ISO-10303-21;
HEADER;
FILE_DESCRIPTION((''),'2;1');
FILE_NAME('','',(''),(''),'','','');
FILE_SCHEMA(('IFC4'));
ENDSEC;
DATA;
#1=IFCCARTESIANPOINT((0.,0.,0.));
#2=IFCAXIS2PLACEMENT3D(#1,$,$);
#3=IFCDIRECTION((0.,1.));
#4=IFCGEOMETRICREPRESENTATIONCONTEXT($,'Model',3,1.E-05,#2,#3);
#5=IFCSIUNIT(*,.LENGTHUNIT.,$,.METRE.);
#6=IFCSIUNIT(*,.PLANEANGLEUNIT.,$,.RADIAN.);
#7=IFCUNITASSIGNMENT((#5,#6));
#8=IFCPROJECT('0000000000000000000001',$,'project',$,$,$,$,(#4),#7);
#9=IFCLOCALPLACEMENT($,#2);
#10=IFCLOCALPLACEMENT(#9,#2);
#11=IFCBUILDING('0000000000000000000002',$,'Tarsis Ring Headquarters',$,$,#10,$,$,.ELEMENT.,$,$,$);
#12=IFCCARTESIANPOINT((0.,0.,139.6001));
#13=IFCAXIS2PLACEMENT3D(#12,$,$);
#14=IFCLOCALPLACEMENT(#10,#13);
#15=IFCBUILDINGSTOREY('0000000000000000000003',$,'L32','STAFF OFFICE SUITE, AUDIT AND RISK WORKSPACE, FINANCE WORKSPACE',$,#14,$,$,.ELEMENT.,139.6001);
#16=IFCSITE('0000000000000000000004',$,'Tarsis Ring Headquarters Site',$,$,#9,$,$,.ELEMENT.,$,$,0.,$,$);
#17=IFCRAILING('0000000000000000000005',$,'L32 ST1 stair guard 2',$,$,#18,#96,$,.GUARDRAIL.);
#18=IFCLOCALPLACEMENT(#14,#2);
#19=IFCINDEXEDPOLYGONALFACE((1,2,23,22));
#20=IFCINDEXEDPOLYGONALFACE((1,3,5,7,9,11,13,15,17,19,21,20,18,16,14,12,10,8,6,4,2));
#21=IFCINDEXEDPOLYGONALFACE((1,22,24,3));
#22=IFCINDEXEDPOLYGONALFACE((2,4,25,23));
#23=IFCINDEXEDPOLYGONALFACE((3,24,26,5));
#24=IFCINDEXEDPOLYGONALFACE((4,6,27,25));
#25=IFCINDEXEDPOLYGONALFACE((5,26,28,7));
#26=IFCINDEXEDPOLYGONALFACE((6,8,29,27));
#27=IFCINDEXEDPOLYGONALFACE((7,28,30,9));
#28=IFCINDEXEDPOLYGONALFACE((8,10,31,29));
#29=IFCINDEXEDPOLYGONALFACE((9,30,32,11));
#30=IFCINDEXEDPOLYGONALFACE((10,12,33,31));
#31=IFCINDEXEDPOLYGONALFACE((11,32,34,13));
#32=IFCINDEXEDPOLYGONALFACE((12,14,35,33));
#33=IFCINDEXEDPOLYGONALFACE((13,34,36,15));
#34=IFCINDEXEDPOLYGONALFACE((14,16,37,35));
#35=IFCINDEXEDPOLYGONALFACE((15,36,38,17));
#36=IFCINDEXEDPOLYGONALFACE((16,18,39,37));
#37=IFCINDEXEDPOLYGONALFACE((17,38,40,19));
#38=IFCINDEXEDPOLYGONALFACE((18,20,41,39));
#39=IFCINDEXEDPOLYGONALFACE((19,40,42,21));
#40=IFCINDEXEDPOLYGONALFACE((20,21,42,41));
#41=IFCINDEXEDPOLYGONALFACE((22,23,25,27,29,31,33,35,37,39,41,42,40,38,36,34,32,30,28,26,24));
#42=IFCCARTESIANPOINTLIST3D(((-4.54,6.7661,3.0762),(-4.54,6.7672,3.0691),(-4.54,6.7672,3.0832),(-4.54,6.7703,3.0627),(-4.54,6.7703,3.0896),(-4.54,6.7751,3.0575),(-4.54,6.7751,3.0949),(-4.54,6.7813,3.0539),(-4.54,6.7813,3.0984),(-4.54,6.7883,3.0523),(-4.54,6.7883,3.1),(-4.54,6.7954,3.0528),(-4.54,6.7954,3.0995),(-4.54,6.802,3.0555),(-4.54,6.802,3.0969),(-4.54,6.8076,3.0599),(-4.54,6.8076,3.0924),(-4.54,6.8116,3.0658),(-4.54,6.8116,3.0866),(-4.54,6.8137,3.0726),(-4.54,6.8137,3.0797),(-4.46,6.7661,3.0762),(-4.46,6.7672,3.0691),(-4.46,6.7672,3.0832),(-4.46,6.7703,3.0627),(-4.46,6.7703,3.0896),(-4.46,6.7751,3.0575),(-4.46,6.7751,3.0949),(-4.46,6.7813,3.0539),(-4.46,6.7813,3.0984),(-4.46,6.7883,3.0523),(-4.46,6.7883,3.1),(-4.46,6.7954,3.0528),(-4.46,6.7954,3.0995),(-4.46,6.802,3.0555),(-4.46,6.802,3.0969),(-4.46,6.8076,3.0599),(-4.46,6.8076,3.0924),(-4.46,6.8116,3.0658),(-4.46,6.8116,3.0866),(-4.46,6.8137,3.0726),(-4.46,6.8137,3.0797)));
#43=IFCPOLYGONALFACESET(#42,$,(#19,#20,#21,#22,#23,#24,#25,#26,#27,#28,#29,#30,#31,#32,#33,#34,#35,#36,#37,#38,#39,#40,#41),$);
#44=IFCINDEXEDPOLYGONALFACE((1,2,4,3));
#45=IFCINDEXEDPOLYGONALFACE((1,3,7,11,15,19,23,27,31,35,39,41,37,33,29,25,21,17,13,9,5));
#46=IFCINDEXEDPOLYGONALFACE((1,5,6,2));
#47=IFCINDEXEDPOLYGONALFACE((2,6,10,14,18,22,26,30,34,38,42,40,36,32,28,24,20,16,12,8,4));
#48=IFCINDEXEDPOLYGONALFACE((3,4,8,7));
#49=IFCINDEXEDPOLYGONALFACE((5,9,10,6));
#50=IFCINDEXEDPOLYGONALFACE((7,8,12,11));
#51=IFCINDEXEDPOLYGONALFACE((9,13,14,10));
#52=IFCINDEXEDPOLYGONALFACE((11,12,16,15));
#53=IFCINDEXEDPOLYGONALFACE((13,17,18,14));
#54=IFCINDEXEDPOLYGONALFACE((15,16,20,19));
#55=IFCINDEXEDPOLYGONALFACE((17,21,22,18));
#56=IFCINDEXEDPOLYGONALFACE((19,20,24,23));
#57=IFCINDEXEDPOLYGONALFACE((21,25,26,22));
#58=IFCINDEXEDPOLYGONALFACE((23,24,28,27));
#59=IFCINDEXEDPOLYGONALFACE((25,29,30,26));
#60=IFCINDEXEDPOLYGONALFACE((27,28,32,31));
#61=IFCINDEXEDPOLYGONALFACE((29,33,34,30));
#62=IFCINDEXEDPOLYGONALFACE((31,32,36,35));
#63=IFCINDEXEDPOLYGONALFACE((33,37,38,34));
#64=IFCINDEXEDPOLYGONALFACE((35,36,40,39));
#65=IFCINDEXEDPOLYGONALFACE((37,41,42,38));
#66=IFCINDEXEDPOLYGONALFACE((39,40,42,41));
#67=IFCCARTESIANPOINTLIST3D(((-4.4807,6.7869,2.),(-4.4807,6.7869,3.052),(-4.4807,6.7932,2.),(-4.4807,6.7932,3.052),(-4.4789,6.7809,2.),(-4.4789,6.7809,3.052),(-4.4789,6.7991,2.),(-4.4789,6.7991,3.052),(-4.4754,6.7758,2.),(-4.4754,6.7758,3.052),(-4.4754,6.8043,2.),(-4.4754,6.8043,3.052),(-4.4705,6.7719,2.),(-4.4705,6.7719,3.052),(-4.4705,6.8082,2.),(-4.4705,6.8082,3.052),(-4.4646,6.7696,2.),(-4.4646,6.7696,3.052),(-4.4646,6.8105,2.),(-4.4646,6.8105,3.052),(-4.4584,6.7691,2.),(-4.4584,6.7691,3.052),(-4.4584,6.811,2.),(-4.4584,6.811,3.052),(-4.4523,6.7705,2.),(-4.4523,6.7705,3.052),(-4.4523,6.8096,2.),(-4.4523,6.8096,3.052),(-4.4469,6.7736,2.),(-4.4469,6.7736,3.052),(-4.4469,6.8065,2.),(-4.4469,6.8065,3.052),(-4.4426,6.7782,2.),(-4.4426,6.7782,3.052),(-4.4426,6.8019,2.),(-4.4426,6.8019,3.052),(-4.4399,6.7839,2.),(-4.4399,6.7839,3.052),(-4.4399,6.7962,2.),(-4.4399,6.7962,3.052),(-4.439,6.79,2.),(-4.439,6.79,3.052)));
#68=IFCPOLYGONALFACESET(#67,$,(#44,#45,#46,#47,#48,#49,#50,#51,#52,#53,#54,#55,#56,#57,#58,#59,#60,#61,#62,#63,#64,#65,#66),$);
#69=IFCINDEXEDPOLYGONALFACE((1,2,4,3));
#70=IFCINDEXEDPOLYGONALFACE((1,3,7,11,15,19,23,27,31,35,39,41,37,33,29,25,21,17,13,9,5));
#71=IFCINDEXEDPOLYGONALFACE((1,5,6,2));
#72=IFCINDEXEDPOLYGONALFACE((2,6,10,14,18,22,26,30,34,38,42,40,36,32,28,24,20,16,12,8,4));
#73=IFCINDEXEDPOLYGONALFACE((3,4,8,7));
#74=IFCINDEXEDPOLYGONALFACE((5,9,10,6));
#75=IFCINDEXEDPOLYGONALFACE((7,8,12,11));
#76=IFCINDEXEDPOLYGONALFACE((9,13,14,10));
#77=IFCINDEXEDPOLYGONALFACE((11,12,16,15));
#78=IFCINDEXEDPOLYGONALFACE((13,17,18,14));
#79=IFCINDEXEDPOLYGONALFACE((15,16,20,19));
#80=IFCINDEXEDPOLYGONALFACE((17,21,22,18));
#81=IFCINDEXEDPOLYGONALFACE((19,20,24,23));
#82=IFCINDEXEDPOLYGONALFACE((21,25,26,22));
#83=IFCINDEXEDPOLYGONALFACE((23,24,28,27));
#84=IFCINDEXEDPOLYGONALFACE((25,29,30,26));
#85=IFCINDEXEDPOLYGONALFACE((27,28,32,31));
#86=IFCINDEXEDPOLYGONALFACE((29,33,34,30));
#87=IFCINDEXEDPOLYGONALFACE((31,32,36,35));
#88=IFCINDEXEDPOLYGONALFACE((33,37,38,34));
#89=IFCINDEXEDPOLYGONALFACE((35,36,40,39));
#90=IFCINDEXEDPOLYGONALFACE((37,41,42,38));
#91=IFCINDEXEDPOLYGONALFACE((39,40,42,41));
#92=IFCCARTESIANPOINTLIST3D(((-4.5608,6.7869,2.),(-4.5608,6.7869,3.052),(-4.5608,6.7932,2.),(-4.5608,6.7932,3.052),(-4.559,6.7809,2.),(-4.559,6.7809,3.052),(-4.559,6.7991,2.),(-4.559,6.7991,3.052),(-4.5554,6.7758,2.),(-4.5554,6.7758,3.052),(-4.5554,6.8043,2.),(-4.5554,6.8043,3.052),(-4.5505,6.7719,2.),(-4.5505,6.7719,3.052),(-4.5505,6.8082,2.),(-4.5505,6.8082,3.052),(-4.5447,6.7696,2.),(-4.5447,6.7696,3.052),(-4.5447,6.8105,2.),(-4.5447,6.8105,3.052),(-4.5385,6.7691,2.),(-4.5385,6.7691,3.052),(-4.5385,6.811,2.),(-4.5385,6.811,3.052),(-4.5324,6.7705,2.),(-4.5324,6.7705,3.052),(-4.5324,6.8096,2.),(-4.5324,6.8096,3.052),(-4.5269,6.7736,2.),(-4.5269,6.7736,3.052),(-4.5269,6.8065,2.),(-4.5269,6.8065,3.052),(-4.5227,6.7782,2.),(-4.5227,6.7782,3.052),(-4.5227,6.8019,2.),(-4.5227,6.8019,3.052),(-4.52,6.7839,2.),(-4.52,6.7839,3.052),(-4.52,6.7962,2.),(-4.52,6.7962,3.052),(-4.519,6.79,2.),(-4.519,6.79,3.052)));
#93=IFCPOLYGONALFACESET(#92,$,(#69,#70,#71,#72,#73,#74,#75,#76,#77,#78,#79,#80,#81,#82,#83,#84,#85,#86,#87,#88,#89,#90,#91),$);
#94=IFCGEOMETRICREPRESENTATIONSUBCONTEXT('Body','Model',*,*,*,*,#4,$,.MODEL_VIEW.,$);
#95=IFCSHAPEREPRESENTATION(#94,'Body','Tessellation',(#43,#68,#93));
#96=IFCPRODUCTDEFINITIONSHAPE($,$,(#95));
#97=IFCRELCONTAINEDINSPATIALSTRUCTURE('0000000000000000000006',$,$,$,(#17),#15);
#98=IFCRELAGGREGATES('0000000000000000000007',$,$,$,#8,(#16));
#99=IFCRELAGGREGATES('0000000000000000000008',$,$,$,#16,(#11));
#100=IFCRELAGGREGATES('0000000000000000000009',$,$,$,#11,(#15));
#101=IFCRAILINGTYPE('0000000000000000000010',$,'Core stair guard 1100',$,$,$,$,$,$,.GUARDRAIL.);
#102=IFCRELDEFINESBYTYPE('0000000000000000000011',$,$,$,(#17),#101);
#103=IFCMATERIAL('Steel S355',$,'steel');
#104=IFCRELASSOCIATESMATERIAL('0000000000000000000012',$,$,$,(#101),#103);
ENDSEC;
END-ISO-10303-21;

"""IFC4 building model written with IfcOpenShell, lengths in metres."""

from ifc_helpers import new_model, si_unit, direction, frame, origin, origin_2d, place, context, subcontext, project, spatial, circle, extrude, material, type_object, element, save


model = new_model("IFC4")

# Units and contexts
model_context = context("Model", 3, precision=1e-05, world=origin(), true_north=direction((0.0, 1.0)))
body_context = subcontext(model_context, "Body", "Model", "MODEL_VIEW")
ifc_project = project(units=[si_unit("LENGTHUNIT", "METRE"), si_unit("PLANEANGLEUNIT", "RADIAN")], contexts=[model_context])

# Site, building, storey
site_placement = place(None, origin())
site = spatial("IfcSite", under=ifc_project, at=site_placement, Name="Tarsis Ring Headquarters Site", CompositionType="ELEMENT", RefElevation=0.0)
building_placement = place(site_placement, origin())
building = spatial("IfcBuilding", under=site, at=building_placement, Name="Tarsis Ring Headquarters", CompositionType="ELEMENT")
storey_placement = place(building_placement, frame((0.0, 0.0, 139.6001)))
storey = spatial("IfcBuildingStorey", under=building, at=storey_placement, Name="L32", Description="STAFF OFFICE SUITE, AUDIT AND RISK WORKSPACE, FINANCE WORKSPACE", CompositionType="ELEMENT", Elevation=139.6001)

# Shared definitions
ifc_material_1 = material(Name="Steel S355", Category="steel")

# Railing
railing_type_1 = type_object("IfcRailingType", Name="Core stair guard 1100", PredefinedType="GUARDRAIL", material=ifc_material_1)
railing_1_placement = place(storey_placement, frame((-4.46, 6.79, 2.0)))
element("IfcRailing", 1, at=railing_1_placement, inside=storey, type_object=railing_type_1, Name="L32 ST1 stair guard 2", PredefinedType="GUARDRAIL", context=body_context, shape_type="SweptSolid", body=[
    extrude(circle(Radius=0.0239, at=origin_2d()), frame((0.0, 0.0, 1.0762), z_axis=(-1.0, 0.0, 0.0), x_axis=(0.0, -1.0, 0.0)), (0.0, 0.0, 1.0), 0.0801),
    extrude(circle(Radius=0.021, at=origin_2d()), origin(), (0.0, 0.0, 1.0), 1.052),
    extrude(circle(Radius=0.021, at=origin_2d()), frame((-0.0801, 0.0, 0.0)), (0.0, 0.0, 1.0), 1.052),
])

save(model, "model.ifc")
